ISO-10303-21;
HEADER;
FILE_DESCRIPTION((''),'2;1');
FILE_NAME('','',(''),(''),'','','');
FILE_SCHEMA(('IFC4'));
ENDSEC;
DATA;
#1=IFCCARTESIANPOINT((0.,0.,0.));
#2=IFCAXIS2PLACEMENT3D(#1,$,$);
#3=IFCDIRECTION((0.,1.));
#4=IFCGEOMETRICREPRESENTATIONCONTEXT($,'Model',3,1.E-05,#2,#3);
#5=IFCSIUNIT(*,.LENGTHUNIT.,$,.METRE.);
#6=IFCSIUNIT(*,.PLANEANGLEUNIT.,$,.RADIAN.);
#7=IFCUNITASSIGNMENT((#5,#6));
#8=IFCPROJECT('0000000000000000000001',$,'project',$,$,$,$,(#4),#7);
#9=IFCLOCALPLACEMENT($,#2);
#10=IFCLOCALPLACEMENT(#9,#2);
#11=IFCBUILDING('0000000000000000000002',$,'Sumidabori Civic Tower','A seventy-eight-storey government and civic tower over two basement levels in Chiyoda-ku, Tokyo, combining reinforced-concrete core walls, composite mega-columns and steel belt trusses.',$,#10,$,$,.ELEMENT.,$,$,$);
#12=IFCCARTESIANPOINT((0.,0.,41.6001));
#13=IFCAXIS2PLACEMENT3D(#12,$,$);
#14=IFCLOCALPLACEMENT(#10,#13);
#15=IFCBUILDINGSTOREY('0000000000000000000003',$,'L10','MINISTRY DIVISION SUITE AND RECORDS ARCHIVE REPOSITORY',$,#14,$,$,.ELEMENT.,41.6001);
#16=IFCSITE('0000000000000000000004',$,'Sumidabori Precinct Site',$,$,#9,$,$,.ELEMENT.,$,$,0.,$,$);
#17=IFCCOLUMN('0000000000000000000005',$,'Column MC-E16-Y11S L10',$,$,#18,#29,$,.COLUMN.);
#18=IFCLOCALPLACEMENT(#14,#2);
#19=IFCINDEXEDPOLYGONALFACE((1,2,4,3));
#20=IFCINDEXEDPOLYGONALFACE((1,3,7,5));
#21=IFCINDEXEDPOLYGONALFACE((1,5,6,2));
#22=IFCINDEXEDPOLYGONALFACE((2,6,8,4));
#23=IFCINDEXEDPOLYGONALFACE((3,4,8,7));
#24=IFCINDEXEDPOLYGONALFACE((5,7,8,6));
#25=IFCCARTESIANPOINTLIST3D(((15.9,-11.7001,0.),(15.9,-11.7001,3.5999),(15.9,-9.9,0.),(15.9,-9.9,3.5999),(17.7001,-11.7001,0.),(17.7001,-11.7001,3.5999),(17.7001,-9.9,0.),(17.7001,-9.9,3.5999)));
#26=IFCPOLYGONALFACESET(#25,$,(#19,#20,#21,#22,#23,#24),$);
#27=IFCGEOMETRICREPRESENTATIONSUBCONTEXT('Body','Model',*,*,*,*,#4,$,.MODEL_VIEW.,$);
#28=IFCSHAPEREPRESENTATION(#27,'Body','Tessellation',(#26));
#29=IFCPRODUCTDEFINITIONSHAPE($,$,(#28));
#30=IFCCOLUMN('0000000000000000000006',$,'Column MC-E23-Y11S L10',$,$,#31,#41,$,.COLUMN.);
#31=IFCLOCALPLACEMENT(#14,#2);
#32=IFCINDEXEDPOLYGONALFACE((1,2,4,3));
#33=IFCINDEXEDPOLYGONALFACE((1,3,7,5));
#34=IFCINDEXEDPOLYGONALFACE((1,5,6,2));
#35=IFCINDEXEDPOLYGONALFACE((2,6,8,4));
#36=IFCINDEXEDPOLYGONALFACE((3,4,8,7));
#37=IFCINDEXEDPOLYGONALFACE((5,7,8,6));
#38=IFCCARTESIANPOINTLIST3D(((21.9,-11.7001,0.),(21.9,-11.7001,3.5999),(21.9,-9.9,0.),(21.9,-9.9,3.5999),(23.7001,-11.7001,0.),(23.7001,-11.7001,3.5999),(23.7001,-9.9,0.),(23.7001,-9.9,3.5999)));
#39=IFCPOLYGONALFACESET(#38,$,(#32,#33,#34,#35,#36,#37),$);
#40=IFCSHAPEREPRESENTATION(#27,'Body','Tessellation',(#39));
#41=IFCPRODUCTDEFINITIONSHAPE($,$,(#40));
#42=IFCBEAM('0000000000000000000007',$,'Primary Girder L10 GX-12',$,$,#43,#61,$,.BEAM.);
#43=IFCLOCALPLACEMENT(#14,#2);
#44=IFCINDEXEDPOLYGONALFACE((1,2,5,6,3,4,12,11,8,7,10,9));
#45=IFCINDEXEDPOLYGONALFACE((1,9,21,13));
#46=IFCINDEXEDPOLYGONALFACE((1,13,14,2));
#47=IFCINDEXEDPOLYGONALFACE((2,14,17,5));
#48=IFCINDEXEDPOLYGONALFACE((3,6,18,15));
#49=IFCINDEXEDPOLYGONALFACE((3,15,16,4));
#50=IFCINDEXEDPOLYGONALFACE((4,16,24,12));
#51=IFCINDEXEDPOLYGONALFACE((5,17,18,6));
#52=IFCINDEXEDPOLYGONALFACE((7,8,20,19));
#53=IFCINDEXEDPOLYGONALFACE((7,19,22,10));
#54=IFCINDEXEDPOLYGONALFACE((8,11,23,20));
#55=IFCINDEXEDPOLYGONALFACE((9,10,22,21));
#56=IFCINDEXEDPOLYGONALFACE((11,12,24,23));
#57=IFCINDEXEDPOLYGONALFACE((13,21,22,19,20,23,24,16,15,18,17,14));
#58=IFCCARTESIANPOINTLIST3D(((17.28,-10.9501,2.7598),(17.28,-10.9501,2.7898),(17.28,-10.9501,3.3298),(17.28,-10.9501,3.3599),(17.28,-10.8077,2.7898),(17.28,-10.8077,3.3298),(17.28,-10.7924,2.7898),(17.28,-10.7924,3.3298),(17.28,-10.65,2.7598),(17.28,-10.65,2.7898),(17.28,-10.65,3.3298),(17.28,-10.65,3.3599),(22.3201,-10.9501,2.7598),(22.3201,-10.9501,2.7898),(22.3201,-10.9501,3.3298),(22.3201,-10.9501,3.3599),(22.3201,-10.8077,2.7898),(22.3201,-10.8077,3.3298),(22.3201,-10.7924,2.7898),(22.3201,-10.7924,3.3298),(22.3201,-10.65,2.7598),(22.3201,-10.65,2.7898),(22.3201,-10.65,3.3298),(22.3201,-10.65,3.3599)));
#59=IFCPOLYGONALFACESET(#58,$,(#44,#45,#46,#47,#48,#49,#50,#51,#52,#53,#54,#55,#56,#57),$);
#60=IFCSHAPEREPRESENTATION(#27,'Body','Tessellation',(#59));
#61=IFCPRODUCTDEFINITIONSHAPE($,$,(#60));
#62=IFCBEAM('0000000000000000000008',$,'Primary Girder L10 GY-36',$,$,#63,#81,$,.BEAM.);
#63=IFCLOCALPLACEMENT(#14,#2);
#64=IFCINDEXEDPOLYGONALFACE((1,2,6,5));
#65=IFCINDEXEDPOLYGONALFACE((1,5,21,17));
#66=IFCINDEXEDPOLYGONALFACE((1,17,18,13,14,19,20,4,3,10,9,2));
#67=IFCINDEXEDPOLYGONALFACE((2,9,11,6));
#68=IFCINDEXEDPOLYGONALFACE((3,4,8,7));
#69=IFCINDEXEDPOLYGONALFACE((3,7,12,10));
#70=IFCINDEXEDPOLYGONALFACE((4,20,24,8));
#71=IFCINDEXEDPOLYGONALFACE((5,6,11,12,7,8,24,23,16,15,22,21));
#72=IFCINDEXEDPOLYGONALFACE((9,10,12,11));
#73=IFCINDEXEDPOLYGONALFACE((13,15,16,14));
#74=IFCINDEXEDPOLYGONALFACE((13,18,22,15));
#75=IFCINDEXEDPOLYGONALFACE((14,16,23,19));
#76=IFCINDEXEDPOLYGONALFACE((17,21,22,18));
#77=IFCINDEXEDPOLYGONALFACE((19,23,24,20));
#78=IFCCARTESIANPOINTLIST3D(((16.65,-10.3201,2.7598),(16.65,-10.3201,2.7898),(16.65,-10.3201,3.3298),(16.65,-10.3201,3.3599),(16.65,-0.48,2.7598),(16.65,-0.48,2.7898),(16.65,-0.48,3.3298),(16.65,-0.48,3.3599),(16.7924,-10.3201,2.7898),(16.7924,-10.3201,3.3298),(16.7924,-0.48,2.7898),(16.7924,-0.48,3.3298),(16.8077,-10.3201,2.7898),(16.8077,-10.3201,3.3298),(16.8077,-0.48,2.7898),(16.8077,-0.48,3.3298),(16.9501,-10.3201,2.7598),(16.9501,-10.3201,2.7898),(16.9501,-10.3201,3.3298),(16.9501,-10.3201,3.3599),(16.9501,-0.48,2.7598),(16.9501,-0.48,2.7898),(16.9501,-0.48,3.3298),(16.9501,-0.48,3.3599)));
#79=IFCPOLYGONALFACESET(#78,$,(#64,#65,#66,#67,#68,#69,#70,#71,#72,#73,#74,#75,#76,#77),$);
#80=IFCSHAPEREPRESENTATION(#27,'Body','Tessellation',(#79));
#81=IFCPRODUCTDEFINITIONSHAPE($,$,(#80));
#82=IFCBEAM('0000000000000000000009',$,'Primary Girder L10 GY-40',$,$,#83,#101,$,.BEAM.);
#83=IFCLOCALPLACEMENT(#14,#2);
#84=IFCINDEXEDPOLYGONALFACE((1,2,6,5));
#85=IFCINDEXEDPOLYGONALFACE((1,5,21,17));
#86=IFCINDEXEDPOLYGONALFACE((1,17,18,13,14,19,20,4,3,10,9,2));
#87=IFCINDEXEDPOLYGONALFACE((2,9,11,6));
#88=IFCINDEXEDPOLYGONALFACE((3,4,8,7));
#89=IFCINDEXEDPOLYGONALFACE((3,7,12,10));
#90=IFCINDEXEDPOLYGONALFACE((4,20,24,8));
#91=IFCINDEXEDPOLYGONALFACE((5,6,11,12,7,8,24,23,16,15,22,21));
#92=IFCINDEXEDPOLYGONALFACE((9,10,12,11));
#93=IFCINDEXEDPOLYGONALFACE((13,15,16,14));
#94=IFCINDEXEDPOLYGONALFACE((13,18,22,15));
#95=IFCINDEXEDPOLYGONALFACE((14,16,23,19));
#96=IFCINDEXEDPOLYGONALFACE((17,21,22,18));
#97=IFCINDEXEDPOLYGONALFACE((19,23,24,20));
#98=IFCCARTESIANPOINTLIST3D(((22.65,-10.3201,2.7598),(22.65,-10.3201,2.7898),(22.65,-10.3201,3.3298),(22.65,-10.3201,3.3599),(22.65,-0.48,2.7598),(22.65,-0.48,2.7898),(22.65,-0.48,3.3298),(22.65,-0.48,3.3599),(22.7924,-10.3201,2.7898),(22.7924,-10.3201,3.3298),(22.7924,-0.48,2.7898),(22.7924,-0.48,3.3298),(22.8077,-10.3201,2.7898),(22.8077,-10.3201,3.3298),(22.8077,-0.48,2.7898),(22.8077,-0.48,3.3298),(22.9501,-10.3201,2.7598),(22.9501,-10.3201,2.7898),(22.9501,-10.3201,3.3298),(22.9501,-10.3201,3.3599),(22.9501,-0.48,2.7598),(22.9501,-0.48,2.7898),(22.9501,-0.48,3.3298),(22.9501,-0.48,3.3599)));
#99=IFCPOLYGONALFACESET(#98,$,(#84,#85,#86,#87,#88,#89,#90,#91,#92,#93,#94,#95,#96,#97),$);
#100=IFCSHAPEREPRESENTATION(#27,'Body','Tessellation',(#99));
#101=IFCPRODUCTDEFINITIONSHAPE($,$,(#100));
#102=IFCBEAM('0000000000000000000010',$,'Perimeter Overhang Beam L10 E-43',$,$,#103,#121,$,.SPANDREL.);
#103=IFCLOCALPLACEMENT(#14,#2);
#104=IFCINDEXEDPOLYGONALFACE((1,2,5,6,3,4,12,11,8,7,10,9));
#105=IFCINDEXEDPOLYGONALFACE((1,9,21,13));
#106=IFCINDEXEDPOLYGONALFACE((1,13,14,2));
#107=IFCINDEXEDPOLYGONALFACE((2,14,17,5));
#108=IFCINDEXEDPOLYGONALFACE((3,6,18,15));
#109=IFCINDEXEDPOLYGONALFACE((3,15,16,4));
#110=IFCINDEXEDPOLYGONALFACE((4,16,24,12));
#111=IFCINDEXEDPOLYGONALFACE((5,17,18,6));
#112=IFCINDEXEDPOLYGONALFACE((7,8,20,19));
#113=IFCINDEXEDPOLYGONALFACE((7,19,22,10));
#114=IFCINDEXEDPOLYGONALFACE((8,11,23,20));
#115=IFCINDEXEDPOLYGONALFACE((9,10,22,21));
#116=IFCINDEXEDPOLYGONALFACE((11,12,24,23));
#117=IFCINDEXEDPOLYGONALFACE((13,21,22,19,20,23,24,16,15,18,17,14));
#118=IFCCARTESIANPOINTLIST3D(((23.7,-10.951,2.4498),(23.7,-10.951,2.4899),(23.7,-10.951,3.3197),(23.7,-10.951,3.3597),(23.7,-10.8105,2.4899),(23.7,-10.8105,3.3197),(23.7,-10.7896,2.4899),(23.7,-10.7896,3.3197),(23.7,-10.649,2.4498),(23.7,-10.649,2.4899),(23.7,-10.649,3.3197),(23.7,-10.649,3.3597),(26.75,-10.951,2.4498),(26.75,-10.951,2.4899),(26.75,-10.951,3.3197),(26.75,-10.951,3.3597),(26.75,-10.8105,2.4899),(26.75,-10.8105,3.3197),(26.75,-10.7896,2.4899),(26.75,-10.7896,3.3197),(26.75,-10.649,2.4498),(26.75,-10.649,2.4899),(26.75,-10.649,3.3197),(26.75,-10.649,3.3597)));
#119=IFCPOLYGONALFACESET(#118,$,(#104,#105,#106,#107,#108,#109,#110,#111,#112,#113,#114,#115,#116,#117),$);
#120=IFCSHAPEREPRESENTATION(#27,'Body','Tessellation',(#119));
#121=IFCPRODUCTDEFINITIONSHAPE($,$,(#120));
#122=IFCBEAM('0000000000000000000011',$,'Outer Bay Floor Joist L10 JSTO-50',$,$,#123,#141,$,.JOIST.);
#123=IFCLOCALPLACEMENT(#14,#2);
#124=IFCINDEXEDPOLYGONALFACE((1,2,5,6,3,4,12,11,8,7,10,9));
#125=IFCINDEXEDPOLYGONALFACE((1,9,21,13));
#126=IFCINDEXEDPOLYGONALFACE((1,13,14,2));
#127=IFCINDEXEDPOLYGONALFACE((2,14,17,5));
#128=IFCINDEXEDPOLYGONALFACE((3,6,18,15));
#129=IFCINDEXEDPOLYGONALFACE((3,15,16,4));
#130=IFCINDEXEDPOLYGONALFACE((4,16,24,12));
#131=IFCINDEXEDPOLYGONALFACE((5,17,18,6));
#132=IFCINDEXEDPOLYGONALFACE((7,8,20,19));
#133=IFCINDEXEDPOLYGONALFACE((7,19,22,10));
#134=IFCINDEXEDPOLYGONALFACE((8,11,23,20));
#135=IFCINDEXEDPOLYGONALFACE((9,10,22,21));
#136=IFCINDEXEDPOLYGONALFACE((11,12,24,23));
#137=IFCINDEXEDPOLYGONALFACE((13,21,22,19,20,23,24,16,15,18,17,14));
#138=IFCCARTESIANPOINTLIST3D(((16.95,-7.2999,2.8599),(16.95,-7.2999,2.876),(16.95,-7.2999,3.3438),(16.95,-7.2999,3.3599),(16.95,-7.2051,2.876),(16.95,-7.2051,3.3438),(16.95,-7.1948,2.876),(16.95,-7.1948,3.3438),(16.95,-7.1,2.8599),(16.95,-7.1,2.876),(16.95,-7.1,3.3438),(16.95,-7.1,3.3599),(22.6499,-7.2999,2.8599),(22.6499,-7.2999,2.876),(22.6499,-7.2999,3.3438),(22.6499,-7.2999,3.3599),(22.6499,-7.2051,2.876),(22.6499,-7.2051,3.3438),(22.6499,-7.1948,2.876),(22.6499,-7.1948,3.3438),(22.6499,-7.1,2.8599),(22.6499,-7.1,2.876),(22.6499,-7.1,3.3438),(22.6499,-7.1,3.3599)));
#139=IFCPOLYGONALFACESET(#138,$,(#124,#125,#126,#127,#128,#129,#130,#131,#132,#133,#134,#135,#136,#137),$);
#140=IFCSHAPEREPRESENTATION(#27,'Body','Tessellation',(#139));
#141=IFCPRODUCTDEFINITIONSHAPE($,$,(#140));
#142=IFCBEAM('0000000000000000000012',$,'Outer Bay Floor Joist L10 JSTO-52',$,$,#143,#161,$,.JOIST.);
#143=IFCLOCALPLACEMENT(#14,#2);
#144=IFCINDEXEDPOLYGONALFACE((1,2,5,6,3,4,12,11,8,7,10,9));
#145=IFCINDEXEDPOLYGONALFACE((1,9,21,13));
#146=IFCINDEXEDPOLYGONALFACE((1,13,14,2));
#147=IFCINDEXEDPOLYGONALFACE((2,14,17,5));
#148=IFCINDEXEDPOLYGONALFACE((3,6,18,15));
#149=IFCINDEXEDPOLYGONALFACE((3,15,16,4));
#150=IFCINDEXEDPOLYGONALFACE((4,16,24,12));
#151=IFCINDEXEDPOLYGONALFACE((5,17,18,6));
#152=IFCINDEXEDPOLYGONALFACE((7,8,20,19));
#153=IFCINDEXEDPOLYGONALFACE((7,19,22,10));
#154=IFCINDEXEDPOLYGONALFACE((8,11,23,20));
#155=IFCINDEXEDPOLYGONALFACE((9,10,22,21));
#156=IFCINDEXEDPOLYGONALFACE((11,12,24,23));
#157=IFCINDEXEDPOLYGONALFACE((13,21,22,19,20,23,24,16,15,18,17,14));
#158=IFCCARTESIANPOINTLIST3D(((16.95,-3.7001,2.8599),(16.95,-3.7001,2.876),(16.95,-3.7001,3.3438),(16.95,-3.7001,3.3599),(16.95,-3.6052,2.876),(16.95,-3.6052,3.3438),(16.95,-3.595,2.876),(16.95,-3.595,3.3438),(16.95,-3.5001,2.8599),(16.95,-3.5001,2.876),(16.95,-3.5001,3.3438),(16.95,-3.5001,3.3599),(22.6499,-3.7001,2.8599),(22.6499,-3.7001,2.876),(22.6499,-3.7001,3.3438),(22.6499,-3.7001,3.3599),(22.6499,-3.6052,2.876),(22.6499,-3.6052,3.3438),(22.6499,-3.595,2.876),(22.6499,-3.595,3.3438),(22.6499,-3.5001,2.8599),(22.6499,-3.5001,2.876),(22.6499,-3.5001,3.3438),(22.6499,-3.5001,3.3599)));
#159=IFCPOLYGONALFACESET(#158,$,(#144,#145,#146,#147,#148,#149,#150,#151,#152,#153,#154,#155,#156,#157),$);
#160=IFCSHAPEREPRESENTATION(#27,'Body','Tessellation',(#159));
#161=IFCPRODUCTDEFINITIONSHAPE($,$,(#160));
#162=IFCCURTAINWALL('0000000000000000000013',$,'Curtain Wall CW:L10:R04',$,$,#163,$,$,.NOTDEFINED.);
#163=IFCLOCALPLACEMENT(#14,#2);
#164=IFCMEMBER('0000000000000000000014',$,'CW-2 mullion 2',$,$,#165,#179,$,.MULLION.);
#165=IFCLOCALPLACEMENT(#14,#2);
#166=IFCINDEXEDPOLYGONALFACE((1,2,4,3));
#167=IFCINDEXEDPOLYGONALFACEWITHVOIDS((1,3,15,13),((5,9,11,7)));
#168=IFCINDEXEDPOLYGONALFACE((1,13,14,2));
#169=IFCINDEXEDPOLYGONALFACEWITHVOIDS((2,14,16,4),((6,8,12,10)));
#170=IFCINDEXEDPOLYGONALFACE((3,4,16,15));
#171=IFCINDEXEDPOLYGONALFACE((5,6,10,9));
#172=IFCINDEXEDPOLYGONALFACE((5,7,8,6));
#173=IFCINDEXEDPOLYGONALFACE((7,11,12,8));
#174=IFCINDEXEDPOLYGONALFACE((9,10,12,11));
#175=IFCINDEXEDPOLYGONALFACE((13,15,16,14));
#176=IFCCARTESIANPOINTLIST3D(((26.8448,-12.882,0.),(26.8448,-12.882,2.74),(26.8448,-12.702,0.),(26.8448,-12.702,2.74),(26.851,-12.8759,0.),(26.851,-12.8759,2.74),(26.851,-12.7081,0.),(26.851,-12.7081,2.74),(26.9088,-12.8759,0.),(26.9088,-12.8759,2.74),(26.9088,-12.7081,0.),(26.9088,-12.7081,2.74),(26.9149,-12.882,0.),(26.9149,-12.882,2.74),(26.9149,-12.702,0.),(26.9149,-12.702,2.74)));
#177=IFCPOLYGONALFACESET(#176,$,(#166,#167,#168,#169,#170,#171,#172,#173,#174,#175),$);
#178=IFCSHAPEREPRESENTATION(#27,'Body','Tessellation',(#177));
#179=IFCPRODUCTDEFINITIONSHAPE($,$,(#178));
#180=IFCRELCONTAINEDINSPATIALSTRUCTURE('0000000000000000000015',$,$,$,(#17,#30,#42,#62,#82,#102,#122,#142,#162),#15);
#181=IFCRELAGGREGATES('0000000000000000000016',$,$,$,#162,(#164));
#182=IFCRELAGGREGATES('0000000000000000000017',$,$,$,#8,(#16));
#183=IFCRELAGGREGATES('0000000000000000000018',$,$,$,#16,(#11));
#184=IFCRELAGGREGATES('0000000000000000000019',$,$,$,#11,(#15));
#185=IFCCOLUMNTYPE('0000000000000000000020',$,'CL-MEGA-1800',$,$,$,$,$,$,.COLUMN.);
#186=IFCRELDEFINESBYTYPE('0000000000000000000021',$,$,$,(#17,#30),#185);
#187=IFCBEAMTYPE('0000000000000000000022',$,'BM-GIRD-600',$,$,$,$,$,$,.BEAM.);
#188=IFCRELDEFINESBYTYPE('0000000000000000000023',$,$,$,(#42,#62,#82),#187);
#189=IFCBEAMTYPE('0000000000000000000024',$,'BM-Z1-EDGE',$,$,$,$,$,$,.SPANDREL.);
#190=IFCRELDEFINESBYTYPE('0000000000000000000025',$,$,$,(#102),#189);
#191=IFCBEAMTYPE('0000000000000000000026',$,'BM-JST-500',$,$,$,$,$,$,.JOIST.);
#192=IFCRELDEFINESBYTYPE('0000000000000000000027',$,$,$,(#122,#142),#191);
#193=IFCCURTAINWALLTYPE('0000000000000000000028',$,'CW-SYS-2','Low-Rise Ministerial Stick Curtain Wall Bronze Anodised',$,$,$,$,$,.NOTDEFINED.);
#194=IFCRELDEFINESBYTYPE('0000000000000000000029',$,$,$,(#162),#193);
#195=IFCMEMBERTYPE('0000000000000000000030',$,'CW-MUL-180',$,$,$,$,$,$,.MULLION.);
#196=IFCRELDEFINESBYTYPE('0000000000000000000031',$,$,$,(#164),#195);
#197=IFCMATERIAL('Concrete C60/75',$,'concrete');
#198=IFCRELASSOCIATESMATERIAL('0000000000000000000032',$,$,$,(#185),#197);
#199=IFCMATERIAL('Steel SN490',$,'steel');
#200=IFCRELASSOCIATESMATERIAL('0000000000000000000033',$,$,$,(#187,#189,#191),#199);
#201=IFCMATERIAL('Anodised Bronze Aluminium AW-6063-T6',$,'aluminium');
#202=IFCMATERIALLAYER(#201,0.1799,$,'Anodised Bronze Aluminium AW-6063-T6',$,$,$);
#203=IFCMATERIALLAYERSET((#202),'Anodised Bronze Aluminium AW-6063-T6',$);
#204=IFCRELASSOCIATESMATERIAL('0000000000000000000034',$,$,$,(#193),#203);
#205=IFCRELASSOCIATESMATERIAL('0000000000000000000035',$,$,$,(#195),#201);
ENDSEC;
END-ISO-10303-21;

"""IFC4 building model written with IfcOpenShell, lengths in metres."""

from ifc_helpers import new_model, si_unit, direction, frame, origin, origin_2d, place, context, subcontext, project, spatial, rectangle, hollow_rectangle, i_section, extrude, source, transform, mapped, material, layer, layer_set, material_profile, profile_set, type_object, element, aggregate, save


model = new_model("IFC4")

# Units and contexts
model_context = context("Model", 3, precision=1e-05, world=origin(), true_north=direction((0.0, 1.0)))
body_context = subcontext(model_context, "Body", "Model", "MODEL_VIEW")
ifc_project = project(units=[si_unit("LENGTHUNIT", "METRE"), si_unit("PLANEANGLEUNIT", "RADIAN")], contexts=[model_context])

# Site, building, storey
site_placement = place(None, origin())
site = spatial("IfcSite", under=ifc_project, at=site_placement, Name="Sumidabori Precinct Site", CompositionType="ELEMENT", RefElevation=0.0)
building_placement = place(site_placement, origin())
building = spatial("IfcBuilding", under=site, at=building_placement, Name="Sumidabori Civic Tower", Description="A seventy-eight-storey government and civic tower over two basement levels in Chiyoda-ku, Tokyo, combining reinforced-concrete core walls, composite mega-columns and steel belt trusses.", CompositionType="ELEMENT")
storey_placement = place(building_placement, frame((0.0, 0.0, 41.6001)))
storey = spatial("IfcBuildingStorey", under=building, at=storey_placement, Name="L10", Description="MINISTRY DIVISION SUITE AND RECORDS ARCHIVE REPOSITORY", CompositionType="ELEMENT", Elevation=41.6001)

# Columns
ifc_material_1 = material(Name="Concrete C60/75", Category="concrete")
ifc_material_profile_1 = material_profile(ifc_material_1, rectangle(XDim=1.8, YDim=1.8, at=origin_2d()), Name="RC 1800x1800")
ifc_profile_set_1 = profile_set([ifc_material_profile_1], Name="Concrete C60/75")
column_type = type_object("IfcColumnType", Name="CL-MEGA-1800", PredefinedType="COLUMN", material=ifc_profile_set_1)
shared_shape_1 = source(origin(), body_context, "Body", "SweptSolid", [
    extrude(rectangle(XDim=1.8, YDim=1.8, at=origin_2d()), origin(), (0.0, 0.0, 1.0), 3.5999),
])
for number, where, z_axis, x_axis, name in (
    (1, (16.8, -10.8, 0.0), (0.0, 0.0, 1.0), (1.0, 0.0, 0.0), "Column MC-E16-Y11S L10"),
    (2, (22.8, -10.8, 0.0), (0.0, 0.0, 1.0), (1.0, 0.0, 0.0), "Column MC-E23-Y11S L10"),
):
    element("IfcColumn", number, at=place(storey_placement, frame(where, z_axis=z_axis, x_axis=x_axis)), inside=storey, type_object=column_type, Name=name, PredefinedType="COLUMN", context=body_context, shape_type="MappedRepresentation", body=[
        mapped(shared_shape_1, transform((0.0, 0.0, 0.0), x_axis=(1.0, 0.0, 0.0), y_axis=(0.0, 1.0, 0.0), z_axis=(0.0, 0.0, 1.0), scale=1.0)),
    ])

# Beams
ifc_material_2 = material(Name="Steel SN490", Category="steel")
ifc_material_profile_2 = material_profile(ifc_material_2, i_section(OverallWidth=0.3, OverallDepth=0.6001, WebThickness=0.0154, FlangeThickness=0.03, at=origin_2d()), Name="HE 600 B")
ifc_profile_set_2 = profile_set([ifc_material_profile_2], Name="Steel SN490")
beam_type_1 = type_object("IfcBeamType", Name="BM-GIRD-600", PredefinedType="BEAM", material=ifc_profile_set_2)
shared_shape_2 = source(origin(), body_context, "Body", "SweptSolid", [
    extrude(i_section(OverallWidth=0.3, OverallDepth=0.6001, WebThickness=0.0154, FlangeThickness=0.03, at=origin_2d()), origin(), (0.0, 0.0, 1.0), 5.04),
])
beam_1_placement = place(storey_placement, frame((17.28, -10.8, 3.0598), z_axis=(1.0, 0.0, 0.0), x_axis=(0.0, 1.0, 0.0)))
element("IfcBeam", 3, at=beam_1_placement, inside=storey, type_object=beam_type_1, Name="Primary Girder L10 GX-12", PredefinedType="BEAM", context=body_context, shape_type="MappedRepresentation", body=[
    mapped(shared_shape_2, transform((0.0, 0.0, 0.0), x_axis=(1.0, 0.0, 0.0), y_axis=(0.0, 1.0, 0.0), z_axis=(0.0, 0.0, 1.0), scale=1.0)),
])
shared_shape_3 = source(origin(), body_context, "Body", "SweptSolid", [
    extrude(i_section(OverallWidth=0.3, OverallDepth=0.6001, WebThickness=0.0154, FlangeThickness=0.03, at=origin_2d()), origin(), (0.0, 0.0, 1.0), 9.8401),
])
for number, where, z_axis, x_axis, name in (
    (4, (16.8, -10.3201, 3.0598), (0.0, 1.0, 0.0), (-1.0, 0.0, 0.0), "Primary Girder L10 GY-36"),
    (5, (22.8, -10.3201, 3.0598), (0.0, 1.0, 0.0), (-1.0, 0.0, 0.0), "Primary Girder L10 GY-40"),
):
    element("IfcBeam", number, at=place(storey_placement, frame(where, z_axis=z_axis, x_axis=x_axis)), inside=storey, type_object=beam_type_1, Name=name, PredefinedType="BEAM", context=body_context, shape_type="MappedRepresentation", body=[
        mapped(shared_shape_3, transform((0.0, 0.0, 0.0), x_axis=(1.0, 0.0, 0.0), y_axis=(0.0, 1.0, 0.0), z_axis=(0.0, 0.0, 1.0), scale=1.0)),
    ])
ifc_material_profile_3 = material_profile(ifc_material_2, i_section(OverallWidth=0.302, OverallDepth=0.9099, WebThickness=0.021, FlangeThickness=0.04, at=origin_2d()), Name="HE 900 M")
ifc_profile_set_3 = profile_set([ifc_material_profile_3], Name="Steel SN490")
beam_type_2 = type_object("IfcBeamType", Name="BM-Z1-EDGE", PredefinedType="SPANDREL", material=ifc_profile_set_3)
shared_shape_4 = source(origin(), body_context, "Body", "SweptSolid", [
    extrude(i_section(OverallWidth=0.302, OverallDepth=0.9099, WebThickness=0.021, FlangeThickness=0.04, at=origin_2d()), origin(), (0.0, 0.0, 1.0), 3.05),
])
beam_2_placement = place(storey_placement, frame((23.7, -10.8, 2.9048), z_axis=(1.0, 0.0, 0.0), x_axis=(0.0, 1.0, 0.0)))
element("IfcBeam", 6, at=beam_2_placement, inside=storey, type_object=beam_type_2, Name="Perimeter Overhang Beam L10 E-43", PredefinedType="SPANDREL", context=body_context, shape_type="MappedRepresentation", body=[
    mapped(shared_shape_4, transform((0.0, 0.0, 0.0), x_axis=(1.0, 0.0, 0.0), y_axis=(0.0, 1.0, 0.0), z_axis=(0.0, 0.0, 1.0), scale=1.0)),
])
ifc_material_profile_4 = material_profile(ifc_material_2, i_section(OverallWidth=0.2, OverallDepth=0.5, WebThickness=0.0103, FlangeThickness=0.0161, at=origin_2d()), Name="IPE 500")
ifc_profile_set_4 = profile_set([ifc_material_profile_4], Name="Steel SN490")
beam_type_3 = type_object("IfcBeamType", Name="BM-JST-500", PredefinedType="JOIST", material=ifc_profile_set_4)
shared_shape_5 = source(origin(), body_context, "Body", "SweptSolid", [
    extrude(i_section(OverallWidth=0.2, OverallDepth=0.5, WebThickness=0.0103, FlangeThickness=0.0161, at=origin_2d()), origin(), (0.0, 0.0, 1.0), 5.7),
])
for number, where, z_axis, x_axis, name in (
    (7, (16.95, -7.2, 3.1099), (1.0, 0.0, 0.0), (0.0, 1.0, 0.0), "Outer Bay Floor Joist L10 JSTO-50"),
    (8, (16.95, -3.6001, 3.1099), (1.0, 0.0, 0.0), (0.0, 1.0, 0.0), "Outer Bay Floor Joist L10 JSTO-52"),
):
    element("IfcBeam", number, at=place(storey_placement, frame(where, z_axis=z_axis, x_axis=x_axis)), inside=storey, type_object=beam_type_3, Name=name, PredefinedType="JOIST", context=body_context, shape_type="MappedRepresentation", body=[
        mapped(shared_shape_5, transform((0.0, 0.0, 0.0), x_axis=(1.0, 0.0, 0.0), y_axis=(0.0, 1.0, 0.0), z_axis=(0.0, 0.0, 1.0), scale=1.0)),
    ])

# Curtain wall, member
ifc_material_3 = material(Name="Anodised Bronze Aluminium AW-6063-T6", Category="aluminium")
ifc_layer_1 = layer(ifc_material_3, 0.1799, Name="Anodised Bronze Aluminium AW-6063-T6")
ifc_layer_set_1 = layer_set([ifc_layer_1], Name="Anodised Bronze Aluminium AW-6063-T6")
curtain_wall_type = type_object("IfcCurtainWallType", Name="CW-SYS-2", Description="Low-Rise Ministerial Stick Curtain Wall Bronze Anodised", PredefinedType="NOTDEFINED", material=ifc_layer_set_1)
curtain_wall_placement = place(storey_placement, origin())
curtain_wall = element("IfcCurtainWall", 9, at=curtain_wall_placement, inside=storey, type_object=curtain_wall_type, Name="Curtain Wall CW:L10:R04", PredefinedType="NOTDEFINED")
ifc_material_profile_5 = material_profile(ifc_material_3, hollow_rectangle(XDim=0.0701, YDim=0.1799, WallThickness=0.0061, at=origin_2d()), Name="ALU MULLION 180x70")
ifc_profile_set_5 = profile_set([ifc_material_profile_5], Name="Anodised Bronze Aluminium AW-6063-T6")
member_type_1 = type_object("IfcMemberType", Name="CW-MUL-180", PredefinedType="MULLION", material=ifc_profile_set_5)
shared_shape_6 = source(origin(), body_context, "Body", "SweptSolid", [
    extrude(hollow_rectangle(XDim=0.0701, YDim=0.1799, WallThickness=0.0061, at=origin_2d()), origin(), (0.0, 0.0, 1.0), 2.74),
])
member_1_placement = place(storey_placement, frame((26.8799, -12.792, 0.0), z_axis=(0.0, 0.0, 1.0), x_axis=(-1.0, 0.0, 0.0)))
member_1 = element("IfcMember", 10, at=member_1_placement, type_object=member_type_1, Name="CW-2 mullion 2", PredefinedType="MULLION", context=body_context, shape_type="MappedRepresentation", body=[
    mapped(shared_shape_6, transform((0.0, 0.0, 0.0), x_axis=(1.0, 0.0, 0.0), y_axis=(0.0, 1.0, 0.0), z_axis=(0.0, 0.0, 1.0), scale=1.0)),
])
aggregate(curtain_wall, [member_1])

save(model, "model.ifc")
